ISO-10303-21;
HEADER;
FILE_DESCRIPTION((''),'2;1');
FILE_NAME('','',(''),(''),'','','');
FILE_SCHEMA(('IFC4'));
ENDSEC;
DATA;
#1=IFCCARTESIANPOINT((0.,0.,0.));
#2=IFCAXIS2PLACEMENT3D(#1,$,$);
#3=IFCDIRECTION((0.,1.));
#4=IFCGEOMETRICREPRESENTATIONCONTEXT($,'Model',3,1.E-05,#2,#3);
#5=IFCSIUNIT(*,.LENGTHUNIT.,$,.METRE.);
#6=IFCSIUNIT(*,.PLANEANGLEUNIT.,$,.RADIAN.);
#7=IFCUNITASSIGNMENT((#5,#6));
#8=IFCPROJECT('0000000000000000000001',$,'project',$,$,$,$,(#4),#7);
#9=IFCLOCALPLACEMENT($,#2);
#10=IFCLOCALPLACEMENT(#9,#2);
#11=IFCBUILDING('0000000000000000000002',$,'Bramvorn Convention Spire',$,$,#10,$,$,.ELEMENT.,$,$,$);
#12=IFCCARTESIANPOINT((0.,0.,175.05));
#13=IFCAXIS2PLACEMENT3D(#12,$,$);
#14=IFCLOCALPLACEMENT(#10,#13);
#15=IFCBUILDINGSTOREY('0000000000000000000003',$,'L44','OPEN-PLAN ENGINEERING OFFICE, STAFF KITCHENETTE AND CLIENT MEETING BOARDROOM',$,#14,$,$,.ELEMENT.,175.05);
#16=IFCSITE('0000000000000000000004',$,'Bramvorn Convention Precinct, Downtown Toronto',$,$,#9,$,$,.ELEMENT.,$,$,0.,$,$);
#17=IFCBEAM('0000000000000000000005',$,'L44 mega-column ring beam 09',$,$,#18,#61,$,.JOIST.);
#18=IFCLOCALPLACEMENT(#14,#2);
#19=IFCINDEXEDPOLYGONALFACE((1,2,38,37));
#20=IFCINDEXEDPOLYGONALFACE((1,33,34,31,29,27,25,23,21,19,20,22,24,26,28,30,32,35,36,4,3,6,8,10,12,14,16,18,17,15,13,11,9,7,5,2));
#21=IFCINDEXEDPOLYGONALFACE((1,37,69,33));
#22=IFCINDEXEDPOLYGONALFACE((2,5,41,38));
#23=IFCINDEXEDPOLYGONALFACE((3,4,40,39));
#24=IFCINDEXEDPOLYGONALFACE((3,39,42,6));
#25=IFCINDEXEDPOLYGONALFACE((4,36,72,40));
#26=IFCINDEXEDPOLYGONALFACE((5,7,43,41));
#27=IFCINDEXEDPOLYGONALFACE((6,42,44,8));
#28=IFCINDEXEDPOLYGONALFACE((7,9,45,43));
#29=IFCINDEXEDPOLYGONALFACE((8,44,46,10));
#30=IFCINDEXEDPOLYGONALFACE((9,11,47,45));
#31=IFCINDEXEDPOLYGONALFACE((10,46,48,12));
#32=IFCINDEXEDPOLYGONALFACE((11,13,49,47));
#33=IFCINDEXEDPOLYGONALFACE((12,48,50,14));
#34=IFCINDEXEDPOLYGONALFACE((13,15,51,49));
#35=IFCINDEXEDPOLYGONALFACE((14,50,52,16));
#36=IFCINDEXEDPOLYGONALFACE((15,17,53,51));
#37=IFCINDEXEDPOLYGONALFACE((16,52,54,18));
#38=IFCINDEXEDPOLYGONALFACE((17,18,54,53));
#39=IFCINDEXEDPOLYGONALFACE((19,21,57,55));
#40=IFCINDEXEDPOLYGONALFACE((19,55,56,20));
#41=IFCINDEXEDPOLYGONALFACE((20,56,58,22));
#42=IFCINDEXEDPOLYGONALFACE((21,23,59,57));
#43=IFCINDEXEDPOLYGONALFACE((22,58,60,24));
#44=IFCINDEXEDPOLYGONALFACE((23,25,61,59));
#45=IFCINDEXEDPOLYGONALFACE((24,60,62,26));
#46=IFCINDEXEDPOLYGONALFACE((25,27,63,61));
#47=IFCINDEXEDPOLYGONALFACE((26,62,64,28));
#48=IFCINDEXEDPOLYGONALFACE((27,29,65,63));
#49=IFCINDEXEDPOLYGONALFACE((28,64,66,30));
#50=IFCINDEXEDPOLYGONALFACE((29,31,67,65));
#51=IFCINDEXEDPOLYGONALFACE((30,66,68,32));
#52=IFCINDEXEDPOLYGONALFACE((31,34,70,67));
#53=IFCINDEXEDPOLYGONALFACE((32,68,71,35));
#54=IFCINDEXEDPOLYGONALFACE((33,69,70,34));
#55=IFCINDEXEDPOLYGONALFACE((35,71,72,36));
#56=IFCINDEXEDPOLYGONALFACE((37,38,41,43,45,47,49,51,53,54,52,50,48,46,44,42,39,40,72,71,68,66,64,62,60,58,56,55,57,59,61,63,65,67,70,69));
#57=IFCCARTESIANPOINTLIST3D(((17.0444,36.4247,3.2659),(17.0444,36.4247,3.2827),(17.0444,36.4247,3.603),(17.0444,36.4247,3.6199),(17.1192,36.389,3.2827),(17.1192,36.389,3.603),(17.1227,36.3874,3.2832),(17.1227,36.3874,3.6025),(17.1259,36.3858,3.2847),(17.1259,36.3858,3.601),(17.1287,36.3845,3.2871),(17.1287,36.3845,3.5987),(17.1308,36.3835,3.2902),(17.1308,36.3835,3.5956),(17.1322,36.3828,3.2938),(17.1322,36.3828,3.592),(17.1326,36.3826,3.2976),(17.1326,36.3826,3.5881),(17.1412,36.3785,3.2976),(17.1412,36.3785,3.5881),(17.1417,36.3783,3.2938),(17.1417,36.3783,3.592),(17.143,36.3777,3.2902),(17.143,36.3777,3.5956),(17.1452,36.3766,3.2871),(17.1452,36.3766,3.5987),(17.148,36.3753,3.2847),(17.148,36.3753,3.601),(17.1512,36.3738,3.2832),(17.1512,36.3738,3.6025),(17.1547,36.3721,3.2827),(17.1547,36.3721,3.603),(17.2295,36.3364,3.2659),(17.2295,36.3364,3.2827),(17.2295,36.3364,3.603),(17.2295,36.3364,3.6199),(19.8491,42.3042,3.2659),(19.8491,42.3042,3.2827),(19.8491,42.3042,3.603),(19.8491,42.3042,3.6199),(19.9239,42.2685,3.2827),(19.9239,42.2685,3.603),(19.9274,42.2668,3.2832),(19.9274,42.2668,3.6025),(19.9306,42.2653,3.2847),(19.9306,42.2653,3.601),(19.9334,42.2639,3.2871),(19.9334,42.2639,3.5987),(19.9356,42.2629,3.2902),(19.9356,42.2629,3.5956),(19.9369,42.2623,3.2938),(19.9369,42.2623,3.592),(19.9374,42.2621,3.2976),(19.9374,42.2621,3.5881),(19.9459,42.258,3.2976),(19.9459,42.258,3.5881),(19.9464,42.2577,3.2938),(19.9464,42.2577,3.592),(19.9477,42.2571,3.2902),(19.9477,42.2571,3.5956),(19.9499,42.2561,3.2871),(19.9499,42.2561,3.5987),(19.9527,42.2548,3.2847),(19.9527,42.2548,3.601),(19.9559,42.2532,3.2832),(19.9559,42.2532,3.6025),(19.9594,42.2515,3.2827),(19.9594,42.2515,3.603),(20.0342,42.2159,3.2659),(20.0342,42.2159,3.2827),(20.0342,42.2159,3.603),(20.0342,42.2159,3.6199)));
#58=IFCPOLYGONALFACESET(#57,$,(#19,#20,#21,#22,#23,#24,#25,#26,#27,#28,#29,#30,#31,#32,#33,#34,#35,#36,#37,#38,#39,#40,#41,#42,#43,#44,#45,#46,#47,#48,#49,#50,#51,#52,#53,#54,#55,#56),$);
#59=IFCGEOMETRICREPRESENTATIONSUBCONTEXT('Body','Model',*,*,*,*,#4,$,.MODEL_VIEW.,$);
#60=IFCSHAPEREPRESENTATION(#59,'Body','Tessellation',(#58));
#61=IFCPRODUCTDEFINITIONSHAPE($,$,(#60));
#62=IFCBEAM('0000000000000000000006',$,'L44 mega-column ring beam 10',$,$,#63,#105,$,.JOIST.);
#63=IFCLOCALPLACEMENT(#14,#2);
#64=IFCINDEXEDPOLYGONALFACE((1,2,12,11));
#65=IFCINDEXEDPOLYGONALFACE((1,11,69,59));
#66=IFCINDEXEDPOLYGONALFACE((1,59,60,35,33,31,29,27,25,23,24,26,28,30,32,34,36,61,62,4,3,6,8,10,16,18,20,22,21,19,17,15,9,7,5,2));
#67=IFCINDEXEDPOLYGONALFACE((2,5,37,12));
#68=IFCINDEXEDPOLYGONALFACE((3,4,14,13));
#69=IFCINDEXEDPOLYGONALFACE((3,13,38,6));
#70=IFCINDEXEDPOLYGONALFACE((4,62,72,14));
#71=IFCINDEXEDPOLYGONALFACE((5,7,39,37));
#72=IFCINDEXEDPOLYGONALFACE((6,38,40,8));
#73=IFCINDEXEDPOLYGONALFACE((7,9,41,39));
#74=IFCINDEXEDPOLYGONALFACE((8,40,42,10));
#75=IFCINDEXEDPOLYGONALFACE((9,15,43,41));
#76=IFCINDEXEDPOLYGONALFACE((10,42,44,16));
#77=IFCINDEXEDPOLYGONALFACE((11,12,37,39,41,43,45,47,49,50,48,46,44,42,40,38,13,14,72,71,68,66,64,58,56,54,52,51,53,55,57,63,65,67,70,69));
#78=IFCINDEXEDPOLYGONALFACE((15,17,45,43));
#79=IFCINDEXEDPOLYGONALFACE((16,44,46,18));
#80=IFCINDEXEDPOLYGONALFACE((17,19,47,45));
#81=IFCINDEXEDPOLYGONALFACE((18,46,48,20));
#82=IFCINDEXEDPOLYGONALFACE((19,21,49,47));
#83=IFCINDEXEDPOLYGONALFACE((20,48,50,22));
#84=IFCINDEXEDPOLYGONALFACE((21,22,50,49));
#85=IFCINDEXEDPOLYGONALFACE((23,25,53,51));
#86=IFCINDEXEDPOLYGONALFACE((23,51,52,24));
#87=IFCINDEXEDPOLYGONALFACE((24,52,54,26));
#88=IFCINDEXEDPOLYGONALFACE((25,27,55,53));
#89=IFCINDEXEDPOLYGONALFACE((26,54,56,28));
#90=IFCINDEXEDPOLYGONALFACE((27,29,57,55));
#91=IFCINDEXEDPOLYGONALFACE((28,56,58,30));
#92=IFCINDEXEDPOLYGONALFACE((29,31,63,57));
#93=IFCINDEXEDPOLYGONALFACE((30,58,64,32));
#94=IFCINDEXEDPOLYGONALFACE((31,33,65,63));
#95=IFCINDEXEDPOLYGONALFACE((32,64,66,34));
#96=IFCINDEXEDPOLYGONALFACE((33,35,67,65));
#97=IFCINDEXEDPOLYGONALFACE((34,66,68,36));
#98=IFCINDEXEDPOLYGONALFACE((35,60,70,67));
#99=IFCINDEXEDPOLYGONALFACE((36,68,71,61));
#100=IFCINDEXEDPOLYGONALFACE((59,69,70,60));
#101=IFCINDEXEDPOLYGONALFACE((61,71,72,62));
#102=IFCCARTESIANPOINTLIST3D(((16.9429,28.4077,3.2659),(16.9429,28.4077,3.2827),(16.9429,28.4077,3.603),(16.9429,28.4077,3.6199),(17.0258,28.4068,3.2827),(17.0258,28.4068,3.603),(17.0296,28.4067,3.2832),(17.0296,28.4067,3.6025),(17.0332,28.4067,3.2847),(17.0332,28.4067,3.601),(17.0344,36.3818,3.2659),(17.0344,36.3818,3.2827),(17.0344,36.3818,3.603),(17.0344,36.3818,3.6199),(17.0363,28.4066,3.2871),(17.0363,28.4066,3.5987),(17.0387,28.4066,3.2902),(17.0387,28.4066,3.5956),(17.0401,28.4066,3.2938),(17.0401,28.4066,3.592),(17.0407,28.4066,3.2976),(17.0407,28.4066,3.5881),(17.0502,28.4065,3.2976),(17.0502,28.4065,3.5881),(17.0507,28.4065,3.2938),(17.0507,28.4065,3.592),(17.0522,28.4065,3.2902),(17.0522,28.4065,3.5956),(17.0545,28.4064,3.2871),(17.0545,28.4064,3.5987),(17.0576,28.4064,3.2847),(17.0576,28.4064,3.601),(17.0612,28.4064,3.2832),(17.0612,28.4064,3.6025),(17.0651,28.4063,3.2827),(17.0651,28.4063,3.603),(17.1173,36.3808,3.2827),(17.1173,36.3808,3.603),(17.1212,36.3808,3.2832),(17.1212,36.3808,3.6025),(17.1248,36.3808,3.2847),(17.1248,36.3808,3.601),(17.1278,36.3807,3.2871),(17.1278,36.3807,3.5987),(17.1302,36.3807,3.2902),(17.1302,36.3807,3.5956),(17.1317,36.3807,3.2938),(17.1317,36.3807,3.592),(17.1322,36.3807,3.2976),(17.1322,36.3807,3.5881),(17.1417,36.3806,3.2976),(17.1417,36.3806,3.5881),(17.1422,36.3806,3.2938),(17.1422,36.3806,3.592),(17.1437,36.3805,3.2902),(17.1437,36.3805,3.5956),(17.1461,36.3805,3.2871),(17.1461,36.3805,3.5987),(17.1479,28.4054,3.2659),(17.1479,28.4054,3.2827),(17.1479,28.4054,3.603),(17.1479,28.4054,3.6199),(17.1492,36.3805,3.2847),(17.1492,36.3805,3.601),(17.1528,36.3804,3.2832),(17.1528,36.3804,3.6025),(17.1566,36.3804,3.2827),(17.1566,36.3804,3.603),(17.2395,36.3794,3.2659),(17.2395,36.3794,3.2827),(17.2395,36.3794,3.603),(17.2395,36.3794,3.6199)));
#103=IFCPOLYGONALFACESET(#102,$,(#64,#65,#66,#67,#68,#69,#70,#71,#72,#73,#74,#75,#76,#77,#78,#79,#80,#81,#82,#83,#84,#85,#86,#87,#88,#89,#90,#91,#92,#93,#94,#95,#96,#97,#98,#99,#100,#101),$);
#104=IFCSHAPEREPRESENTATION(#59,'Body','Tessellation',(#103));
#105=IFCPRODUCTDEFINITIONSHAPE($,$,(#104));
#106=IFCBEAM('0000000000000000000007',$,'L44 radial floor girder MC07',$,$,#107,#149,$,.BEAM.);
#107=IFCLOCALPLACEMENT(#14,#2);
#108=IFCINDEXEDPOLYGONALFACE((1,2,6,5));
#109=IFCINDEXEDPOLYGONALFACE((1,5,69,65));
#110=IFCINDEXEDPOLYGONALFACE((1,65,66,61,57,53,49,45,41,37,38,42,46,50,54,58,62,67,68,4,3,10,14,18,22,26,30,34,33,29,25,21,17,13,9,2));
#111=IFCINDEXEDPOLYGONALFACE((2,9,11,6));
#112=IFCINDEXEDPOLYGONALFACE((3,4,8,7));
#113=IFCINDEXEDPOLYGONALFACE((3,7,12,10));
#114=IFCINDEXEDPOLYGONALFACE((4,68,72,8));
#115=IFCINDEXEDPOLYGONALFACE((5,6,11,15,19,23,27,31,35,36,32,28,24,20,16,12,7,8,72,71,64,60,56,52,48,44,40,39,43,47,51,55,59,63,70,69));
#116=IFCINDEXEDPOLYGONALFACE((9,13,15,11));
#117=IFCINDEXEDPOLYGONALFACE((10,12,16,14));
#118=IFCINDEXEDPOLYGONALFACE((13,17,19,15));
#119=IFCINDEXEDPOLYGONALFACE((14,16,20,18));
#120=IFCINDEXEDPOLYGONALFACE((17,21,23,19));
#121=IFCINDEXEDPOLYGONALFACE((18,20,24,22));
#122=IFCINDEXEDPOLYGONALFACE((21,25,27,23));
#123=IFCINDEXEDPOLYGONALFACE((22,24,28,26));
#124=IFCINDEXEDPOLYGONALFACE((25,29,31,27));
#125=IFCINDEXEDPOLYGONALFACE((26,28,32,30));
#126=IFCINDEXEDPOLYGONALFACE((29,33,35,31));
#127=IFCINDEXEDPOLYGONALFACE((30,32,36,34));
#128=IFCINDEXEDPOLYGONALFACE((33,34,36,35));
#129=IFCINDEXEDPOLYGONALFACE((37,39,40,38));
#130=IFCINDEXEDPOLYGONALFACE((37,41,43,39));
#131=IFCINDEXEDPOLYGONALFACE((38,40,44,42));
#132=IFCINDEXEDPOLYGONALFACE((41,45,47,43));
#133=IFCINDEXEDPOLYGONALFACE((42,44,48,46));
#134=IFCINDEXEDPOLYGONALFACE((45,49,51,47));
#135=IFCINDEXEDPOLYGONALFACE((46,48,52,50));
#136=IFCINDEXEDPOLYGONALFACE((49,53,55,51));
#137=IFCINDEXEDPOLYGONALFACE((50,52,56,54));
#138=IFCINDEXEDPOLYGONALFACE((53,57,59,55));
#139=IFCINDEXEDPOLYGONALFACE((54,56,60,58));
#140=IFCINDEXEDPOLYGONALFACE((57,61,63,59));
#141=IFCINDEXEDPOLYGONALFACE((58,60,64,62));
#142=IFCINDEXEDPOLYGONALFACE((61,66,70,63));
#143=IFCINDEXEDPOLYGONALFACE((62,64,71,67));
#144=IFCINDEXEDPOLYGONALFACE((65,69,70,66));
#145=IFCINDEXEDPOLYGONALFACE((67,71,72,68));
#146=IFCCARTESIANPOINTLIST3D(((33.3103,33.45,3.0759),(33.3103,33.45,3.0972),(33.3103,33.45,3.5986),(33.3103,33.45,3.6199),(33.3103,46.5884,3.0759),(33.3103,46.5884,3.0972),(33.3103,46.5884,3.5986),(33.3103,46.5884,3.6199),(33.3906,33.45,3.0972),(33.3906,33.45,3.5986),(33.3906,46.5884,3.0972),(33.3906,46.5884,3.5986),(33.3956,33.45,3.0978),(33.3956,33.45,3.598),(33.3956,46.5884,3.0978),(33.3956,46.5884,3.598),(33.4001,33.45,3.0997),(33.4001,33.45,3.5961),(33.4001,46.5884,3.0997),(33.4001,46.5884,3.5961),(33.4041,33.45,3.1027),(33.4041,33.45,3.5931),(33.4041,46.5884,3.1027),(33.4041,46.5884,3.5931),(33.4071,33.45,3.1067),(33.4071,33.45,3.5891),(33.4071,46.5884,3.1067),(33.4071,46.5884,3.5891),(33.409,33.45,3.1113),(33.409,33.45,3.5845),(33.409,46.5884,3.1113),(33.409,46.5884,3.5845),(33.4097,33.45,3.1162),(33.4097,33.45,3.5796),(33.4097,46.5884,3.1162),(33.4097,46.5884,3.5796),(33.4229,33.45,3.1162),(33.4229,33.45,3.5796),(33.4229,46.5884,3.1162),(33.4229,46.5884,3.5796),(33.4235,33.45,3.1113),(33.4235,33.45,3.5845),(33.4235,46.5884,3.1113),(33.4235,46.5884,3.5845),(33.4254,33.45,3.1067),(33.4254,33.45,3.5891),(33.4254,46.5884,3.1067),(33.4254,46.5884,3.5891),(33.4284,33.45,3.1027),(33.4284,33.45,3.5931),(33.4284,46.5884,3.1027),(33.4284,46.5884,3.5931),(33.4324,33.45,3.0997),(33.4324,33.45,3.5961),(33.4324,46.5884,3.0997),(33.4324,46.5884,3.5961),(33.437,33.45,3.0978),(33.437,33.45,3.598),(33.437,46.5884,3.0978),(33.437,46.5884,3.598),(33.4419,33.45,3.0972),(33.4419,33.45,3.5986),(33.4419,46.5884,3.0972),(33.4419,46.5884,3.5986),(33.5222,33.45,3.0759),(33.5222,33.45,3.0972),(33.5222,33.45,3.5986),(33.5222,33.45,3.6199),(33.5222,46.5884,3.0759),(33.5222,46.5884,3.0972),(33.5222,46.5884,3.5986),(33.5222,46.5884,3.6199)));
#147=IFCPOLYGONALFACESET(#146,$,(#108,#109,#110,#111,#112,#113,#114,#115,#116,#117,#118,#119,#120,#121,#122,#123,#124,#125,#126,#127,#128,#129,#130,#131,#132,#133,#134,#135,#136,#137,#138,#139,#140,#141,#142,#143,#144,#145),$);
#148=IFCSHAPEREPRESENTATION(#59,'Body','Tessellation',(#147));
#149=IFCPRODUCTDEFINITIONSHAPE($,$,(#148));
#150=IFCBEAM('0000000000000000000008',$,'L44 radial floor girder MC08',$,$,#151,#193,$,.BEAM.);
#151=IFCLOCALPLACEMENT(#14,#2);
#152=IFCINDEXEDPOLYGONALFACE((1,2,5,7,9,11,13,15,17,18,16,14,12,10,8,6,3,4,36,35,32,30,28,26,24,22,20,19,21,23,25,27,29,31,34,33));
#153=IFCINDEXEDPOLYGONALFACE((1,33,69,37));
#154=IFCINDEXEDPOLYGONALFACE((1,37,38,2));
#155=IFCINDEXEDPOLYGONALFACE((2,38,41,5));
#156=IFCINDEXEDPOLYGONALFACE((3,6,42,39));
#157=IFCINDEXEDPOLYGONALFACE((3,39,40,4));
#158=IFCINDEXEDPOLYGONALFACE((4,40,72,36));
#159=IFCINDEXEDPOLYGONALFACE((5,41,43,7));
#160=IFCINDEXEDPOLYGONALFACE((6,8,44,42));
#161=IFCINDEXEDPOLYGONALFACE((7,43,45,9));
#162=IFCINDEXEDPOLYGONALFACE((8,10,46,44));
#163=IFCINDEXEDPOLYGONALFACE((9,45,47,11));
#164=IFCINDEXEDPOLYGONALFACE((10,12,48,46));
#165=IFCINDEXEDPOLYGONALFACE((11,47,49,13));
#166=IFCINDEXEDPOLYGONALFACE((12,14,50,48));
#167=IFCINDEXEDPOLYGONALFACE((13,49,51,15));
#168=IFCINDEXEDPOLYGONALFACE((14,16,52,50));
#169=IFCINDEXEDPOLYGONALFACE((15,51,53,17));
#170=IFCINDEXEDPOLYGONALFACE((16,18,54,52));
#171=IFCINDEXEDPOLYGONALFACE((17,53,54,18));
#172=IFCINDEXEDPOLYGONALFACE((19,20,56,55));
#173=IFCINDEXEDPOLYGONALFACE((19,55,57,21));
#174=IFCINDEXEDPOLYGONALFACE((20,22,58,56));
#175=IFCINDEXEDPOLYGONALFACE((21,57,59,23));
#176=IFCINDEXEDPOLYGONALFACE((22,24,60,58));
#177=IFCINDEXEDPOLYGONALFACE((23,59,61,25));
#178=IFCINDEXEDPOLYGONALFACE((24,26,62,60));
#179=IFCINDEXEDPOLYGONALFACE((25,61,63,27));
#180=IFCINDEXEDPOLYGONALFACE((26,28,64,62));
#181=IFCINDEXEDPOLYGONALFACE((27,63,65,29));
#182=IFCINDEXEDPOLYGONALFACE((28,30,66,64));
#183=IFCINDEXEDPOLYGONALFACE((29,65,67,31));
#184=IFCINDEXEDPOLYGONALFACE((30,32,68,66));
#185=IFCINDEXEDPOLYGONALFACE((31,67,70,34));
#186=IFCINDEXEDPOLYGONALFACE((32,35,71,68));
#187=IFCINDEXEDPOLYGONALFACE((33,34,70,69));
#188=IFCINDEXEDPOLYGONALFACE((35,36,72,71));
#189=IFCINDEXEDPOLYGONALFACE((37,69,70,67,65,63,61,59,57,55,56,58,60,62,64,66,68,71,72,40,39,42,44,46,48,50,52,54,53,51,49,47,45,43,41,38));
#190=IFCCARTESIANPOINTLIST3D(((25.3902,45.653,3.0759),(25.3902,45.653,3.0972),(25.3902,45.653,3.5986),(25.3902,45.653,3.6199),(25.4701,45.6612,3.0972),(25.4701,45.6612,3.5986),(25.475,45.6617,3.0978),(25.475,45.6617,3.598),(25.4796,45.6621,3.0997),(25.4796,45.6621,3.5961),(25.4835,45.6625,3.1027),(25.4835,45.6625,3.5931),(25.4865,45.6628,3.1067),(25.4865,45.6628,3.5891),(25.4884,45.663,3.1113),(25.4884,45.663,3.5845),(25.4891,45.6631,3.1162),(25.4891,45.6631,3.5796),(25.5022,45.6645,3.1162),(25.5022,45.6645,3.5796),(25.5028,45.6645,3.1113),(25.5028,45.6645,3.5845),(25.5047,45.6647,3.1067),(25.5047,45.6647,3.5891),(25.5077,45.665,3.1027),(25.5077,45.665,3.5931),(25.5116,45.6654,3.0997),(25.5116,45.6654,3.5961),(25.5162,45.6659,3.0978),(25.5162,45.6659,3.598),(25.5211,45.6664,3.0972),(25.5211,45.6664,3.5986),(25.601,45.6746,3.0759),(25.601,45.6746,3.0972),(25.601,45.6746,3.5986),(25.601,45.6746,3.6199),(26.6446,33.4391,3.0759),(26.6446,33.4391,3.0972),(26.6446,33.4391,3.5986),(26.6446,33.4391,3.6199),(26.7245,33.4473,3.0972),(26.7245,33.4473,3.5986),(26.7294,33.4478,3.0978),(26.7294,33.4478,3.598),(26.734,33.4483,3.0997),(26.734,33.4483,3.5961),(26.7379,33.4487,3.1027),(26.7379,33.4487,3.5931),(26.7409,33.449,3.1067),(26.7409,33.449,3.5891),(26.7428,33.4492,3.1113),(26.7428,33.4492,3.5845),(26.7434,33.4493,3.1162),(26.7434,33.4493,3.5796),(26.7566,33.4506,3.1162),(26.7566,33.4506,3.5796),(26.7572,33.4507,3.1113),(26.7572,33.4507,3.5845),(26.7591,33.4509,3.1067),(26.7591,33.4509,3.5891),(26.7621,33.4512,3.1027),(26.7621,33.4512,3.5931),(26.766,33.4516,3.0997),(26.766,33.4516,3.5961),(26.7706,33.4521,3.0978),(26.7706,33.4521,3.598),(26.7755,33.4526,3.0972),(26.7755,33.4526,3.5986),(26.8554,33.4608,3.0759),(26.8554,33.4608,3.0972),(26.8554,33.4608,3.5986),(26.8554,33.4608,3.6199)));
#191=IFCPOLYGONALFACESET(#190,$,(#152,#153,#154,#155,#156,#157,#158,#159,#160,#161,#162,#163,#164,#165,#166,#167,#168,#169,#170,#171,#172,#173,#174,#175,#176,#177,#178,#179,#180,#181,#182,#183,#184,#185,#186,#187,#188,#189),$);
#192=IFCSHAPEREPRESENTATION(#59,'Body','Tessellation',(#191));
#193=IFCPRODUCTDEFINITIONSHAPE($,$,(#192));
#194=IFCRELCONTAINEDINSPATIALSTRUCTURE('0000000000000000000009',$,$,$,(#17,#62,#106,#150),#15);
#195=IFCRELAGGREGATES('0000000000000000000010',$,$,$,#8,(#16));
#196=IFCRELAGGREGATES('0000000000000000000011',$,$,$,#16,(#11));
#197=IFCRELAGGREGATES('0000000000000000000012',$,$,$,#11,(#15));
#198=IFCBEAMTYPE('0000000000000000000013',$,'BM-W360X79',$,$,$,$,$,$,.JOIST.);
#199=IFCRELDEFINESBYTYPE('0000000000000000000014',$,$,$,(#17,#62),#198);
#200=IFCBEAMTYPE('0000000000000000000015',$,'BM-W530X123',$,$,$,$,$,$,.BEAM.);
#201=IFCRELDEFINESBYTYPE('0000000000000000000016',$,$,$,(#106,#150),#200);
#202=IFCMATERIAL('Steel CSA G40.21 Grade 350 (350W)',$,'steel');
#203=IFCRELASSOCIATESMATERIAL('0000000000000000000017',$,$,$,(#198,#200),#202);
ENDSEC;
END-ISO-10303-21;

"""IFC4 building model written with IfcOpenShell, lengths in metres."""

from ifc_helpers import new_model, si_unit, direction, frame, origin, origin_2d, place, context, subcontext, project, spatial, i_section, extrude, material, material_profile, profile_set, type_object, element, save


model = new_model("IFC4")

# Units and contexts
model_context = context("Model", 3, precision=1e-05, world=origin(), true_north=direction((0.0, 1.0)))
body_context = subcontext(model_context, "Body", "Model", "MODEL_VIEW")
ifc_project = project(units=[si_unit("LENGTHUNIT", "METRE"), si_unit("PLANEANGLEUNIT", "RADIAN")], contexts=[model_context])

# Site, building, storey
site_placement = place(None, origin())
site = spatial("IfcSite", under=ifc_project, at=site_placement, Name="Bramvorn Convention Precinct, Downtown Toronto", CompositionType="ELEMENT", RefElevation=0.0)
building_placement = place(site_placement, origin())
building = spatial("IfcBuilding", under=site, at=building_placement, Name="Bramvorn Convention Spire", CompositionType="ELEMENT")
storey_placement = place(building_placement, frame((0.0, 0.0, 175.05)))
storey = spatial("IfcBuildingStorey", under=building, at=storey_placement, Name="L44", Description="OPEN-PLAN ENGINEERING OFFICE, STAFF KITCHENETTE AND CLIENT MEETING BOARDROOM", CompositionType="ELEMENT", Elevation=175.05)

# Shared definitions
ifc_material_1 = material(Name="Steel CSA G40.21 Grade 350 (350W)", Category="steel")

# Beams
ifc_material_profile_1 = material_profile(ifc_material_1, i_section(OverallWidth=0.2051, OverallDepth=0.354, WebThickness=0.0095, FlangeThickness=0.0168, FilletRadius=0.0149, at=origin_2d()))
ifc_profile_set_1 = profile_set([ifc_material_profile_1], Name="Steel CSA G40.21 Grade 350 (350W) - W360X79")
beam_type_1 = type_object("IfcBeamType", Name="BM-W360X79", PredefinedType="JOIST", material=ifc_profile_set_1)
beam_1_placement = place(storey_placement, frame((19.9417, 42.26, 3.4429), z_axis=(-0.430556, -0.902564, 0.0), x_axis=(0.902564, -0.430556, 0.0)))
element("IfcBeam", 1, at=beam_1_placement, inside=storey, type_object=beam_type_1, Name="L44 mega-column ring beam 09", PredefinedType="JOIST", context=body_context, shape_type="SweptSolid", body=[
    extrude(i_section(OverallWidth=0.2051, OverallDepth=0.354, WebThickness=0.0095, FlangeThickness=0.0168, FilletRadius=0.0149, at=origin_2d()), origin(), (0.0, 0.0, 1.0), 6.5142),
])
beam_2_placement = place(storey_placement, frame((17.137, 36.3806, 3.4429), z_axis=(-0.01148, -0.999934, 0.0), x_axis=(0.999934, -0.01148, 0.0)))
element("IfcBeam", 2, at=beam_2_placement, inside=storey, type_object=beam_type_1, Name="L44 mega-column ring beam 10", PredefinedType="JOIST", context=body_context, shape_type="SweptSolid", body=[
    extrude(i_section(OverallWidth=0.2051, OverallDepth=0.354, WebThickness=0.0095, FlangeThickness=0.0168, FilletRadius=0.0149, at=origin_2d()), origin(), (0.0, 0.0, 1.0), 7.9746),
])
ifc_material_profile_2 = material_profile(ifc_material_1, i_section(OverallWidth=0.2119, OverallDepth=0.5439, WebThickness=0.0132, FlangeThickness=0.0212, FilletRadius=0.019, at=origin_2d()))
ifc_profile_set_2 = profile_set([ifc_material_profile_2], Name="Steel CSA G40.21 Grade 350 (350W) - W530X123")
beam_type_2 = type_object("IfcBeamType", Name="BM-W530X123", PredefinedType="BEAM", material=ifc_profile_set_2)
beam_3_placement = place(storey_placement, frame((33.4163, 33.45, 3.3479), z_axis=(0.0, 1.0, 0.0), x_axis=(-1.0, 0.0, 0.0)))
element("IfcBeam", 3, at=beam_3_placement, inside=storey, type_object=beam_type_2, Name="L44 radial floor girder MC07", PredefinedType="BEAM", context=body_context, shape_type="SweptSolid", body=[
    extrude(i_section(OverallWidth=0.2119, OverallDepth=0.5439, WebThickness=0.0132, FlangeThickness=0.0212, FilletRadius=0.019, at=origin_2d()), origin(), (0.0, 0.0, 1.0), 13.1384),
])
beam_4_placement = place(storey_placement, frame((26.75, 33.45, 3.3479), z_axis=(-0.102165, 0.994767, 0.0), x_axis=(-0.994767, -0.102165, 0.0)))
element("IfcBeam", 4, at=beam_4_placement, inside=storey, type_object=beam_type_2, Name="L44 radial floor girder MC08", PredefinedType="BEAM", context=body_context, shape_type="SweptSolid", body=[
    extrude(i_section(OverallWidth=0.2119, OverallDepth=0.5439, WebThickness=0.0132, FlangeThickness=0.0212, FilletRadius=0.019, at=origin_2d()), origin(), (0.0, 0.0, 1.0), 12.2781),
])

save(model, "model.ifc")
